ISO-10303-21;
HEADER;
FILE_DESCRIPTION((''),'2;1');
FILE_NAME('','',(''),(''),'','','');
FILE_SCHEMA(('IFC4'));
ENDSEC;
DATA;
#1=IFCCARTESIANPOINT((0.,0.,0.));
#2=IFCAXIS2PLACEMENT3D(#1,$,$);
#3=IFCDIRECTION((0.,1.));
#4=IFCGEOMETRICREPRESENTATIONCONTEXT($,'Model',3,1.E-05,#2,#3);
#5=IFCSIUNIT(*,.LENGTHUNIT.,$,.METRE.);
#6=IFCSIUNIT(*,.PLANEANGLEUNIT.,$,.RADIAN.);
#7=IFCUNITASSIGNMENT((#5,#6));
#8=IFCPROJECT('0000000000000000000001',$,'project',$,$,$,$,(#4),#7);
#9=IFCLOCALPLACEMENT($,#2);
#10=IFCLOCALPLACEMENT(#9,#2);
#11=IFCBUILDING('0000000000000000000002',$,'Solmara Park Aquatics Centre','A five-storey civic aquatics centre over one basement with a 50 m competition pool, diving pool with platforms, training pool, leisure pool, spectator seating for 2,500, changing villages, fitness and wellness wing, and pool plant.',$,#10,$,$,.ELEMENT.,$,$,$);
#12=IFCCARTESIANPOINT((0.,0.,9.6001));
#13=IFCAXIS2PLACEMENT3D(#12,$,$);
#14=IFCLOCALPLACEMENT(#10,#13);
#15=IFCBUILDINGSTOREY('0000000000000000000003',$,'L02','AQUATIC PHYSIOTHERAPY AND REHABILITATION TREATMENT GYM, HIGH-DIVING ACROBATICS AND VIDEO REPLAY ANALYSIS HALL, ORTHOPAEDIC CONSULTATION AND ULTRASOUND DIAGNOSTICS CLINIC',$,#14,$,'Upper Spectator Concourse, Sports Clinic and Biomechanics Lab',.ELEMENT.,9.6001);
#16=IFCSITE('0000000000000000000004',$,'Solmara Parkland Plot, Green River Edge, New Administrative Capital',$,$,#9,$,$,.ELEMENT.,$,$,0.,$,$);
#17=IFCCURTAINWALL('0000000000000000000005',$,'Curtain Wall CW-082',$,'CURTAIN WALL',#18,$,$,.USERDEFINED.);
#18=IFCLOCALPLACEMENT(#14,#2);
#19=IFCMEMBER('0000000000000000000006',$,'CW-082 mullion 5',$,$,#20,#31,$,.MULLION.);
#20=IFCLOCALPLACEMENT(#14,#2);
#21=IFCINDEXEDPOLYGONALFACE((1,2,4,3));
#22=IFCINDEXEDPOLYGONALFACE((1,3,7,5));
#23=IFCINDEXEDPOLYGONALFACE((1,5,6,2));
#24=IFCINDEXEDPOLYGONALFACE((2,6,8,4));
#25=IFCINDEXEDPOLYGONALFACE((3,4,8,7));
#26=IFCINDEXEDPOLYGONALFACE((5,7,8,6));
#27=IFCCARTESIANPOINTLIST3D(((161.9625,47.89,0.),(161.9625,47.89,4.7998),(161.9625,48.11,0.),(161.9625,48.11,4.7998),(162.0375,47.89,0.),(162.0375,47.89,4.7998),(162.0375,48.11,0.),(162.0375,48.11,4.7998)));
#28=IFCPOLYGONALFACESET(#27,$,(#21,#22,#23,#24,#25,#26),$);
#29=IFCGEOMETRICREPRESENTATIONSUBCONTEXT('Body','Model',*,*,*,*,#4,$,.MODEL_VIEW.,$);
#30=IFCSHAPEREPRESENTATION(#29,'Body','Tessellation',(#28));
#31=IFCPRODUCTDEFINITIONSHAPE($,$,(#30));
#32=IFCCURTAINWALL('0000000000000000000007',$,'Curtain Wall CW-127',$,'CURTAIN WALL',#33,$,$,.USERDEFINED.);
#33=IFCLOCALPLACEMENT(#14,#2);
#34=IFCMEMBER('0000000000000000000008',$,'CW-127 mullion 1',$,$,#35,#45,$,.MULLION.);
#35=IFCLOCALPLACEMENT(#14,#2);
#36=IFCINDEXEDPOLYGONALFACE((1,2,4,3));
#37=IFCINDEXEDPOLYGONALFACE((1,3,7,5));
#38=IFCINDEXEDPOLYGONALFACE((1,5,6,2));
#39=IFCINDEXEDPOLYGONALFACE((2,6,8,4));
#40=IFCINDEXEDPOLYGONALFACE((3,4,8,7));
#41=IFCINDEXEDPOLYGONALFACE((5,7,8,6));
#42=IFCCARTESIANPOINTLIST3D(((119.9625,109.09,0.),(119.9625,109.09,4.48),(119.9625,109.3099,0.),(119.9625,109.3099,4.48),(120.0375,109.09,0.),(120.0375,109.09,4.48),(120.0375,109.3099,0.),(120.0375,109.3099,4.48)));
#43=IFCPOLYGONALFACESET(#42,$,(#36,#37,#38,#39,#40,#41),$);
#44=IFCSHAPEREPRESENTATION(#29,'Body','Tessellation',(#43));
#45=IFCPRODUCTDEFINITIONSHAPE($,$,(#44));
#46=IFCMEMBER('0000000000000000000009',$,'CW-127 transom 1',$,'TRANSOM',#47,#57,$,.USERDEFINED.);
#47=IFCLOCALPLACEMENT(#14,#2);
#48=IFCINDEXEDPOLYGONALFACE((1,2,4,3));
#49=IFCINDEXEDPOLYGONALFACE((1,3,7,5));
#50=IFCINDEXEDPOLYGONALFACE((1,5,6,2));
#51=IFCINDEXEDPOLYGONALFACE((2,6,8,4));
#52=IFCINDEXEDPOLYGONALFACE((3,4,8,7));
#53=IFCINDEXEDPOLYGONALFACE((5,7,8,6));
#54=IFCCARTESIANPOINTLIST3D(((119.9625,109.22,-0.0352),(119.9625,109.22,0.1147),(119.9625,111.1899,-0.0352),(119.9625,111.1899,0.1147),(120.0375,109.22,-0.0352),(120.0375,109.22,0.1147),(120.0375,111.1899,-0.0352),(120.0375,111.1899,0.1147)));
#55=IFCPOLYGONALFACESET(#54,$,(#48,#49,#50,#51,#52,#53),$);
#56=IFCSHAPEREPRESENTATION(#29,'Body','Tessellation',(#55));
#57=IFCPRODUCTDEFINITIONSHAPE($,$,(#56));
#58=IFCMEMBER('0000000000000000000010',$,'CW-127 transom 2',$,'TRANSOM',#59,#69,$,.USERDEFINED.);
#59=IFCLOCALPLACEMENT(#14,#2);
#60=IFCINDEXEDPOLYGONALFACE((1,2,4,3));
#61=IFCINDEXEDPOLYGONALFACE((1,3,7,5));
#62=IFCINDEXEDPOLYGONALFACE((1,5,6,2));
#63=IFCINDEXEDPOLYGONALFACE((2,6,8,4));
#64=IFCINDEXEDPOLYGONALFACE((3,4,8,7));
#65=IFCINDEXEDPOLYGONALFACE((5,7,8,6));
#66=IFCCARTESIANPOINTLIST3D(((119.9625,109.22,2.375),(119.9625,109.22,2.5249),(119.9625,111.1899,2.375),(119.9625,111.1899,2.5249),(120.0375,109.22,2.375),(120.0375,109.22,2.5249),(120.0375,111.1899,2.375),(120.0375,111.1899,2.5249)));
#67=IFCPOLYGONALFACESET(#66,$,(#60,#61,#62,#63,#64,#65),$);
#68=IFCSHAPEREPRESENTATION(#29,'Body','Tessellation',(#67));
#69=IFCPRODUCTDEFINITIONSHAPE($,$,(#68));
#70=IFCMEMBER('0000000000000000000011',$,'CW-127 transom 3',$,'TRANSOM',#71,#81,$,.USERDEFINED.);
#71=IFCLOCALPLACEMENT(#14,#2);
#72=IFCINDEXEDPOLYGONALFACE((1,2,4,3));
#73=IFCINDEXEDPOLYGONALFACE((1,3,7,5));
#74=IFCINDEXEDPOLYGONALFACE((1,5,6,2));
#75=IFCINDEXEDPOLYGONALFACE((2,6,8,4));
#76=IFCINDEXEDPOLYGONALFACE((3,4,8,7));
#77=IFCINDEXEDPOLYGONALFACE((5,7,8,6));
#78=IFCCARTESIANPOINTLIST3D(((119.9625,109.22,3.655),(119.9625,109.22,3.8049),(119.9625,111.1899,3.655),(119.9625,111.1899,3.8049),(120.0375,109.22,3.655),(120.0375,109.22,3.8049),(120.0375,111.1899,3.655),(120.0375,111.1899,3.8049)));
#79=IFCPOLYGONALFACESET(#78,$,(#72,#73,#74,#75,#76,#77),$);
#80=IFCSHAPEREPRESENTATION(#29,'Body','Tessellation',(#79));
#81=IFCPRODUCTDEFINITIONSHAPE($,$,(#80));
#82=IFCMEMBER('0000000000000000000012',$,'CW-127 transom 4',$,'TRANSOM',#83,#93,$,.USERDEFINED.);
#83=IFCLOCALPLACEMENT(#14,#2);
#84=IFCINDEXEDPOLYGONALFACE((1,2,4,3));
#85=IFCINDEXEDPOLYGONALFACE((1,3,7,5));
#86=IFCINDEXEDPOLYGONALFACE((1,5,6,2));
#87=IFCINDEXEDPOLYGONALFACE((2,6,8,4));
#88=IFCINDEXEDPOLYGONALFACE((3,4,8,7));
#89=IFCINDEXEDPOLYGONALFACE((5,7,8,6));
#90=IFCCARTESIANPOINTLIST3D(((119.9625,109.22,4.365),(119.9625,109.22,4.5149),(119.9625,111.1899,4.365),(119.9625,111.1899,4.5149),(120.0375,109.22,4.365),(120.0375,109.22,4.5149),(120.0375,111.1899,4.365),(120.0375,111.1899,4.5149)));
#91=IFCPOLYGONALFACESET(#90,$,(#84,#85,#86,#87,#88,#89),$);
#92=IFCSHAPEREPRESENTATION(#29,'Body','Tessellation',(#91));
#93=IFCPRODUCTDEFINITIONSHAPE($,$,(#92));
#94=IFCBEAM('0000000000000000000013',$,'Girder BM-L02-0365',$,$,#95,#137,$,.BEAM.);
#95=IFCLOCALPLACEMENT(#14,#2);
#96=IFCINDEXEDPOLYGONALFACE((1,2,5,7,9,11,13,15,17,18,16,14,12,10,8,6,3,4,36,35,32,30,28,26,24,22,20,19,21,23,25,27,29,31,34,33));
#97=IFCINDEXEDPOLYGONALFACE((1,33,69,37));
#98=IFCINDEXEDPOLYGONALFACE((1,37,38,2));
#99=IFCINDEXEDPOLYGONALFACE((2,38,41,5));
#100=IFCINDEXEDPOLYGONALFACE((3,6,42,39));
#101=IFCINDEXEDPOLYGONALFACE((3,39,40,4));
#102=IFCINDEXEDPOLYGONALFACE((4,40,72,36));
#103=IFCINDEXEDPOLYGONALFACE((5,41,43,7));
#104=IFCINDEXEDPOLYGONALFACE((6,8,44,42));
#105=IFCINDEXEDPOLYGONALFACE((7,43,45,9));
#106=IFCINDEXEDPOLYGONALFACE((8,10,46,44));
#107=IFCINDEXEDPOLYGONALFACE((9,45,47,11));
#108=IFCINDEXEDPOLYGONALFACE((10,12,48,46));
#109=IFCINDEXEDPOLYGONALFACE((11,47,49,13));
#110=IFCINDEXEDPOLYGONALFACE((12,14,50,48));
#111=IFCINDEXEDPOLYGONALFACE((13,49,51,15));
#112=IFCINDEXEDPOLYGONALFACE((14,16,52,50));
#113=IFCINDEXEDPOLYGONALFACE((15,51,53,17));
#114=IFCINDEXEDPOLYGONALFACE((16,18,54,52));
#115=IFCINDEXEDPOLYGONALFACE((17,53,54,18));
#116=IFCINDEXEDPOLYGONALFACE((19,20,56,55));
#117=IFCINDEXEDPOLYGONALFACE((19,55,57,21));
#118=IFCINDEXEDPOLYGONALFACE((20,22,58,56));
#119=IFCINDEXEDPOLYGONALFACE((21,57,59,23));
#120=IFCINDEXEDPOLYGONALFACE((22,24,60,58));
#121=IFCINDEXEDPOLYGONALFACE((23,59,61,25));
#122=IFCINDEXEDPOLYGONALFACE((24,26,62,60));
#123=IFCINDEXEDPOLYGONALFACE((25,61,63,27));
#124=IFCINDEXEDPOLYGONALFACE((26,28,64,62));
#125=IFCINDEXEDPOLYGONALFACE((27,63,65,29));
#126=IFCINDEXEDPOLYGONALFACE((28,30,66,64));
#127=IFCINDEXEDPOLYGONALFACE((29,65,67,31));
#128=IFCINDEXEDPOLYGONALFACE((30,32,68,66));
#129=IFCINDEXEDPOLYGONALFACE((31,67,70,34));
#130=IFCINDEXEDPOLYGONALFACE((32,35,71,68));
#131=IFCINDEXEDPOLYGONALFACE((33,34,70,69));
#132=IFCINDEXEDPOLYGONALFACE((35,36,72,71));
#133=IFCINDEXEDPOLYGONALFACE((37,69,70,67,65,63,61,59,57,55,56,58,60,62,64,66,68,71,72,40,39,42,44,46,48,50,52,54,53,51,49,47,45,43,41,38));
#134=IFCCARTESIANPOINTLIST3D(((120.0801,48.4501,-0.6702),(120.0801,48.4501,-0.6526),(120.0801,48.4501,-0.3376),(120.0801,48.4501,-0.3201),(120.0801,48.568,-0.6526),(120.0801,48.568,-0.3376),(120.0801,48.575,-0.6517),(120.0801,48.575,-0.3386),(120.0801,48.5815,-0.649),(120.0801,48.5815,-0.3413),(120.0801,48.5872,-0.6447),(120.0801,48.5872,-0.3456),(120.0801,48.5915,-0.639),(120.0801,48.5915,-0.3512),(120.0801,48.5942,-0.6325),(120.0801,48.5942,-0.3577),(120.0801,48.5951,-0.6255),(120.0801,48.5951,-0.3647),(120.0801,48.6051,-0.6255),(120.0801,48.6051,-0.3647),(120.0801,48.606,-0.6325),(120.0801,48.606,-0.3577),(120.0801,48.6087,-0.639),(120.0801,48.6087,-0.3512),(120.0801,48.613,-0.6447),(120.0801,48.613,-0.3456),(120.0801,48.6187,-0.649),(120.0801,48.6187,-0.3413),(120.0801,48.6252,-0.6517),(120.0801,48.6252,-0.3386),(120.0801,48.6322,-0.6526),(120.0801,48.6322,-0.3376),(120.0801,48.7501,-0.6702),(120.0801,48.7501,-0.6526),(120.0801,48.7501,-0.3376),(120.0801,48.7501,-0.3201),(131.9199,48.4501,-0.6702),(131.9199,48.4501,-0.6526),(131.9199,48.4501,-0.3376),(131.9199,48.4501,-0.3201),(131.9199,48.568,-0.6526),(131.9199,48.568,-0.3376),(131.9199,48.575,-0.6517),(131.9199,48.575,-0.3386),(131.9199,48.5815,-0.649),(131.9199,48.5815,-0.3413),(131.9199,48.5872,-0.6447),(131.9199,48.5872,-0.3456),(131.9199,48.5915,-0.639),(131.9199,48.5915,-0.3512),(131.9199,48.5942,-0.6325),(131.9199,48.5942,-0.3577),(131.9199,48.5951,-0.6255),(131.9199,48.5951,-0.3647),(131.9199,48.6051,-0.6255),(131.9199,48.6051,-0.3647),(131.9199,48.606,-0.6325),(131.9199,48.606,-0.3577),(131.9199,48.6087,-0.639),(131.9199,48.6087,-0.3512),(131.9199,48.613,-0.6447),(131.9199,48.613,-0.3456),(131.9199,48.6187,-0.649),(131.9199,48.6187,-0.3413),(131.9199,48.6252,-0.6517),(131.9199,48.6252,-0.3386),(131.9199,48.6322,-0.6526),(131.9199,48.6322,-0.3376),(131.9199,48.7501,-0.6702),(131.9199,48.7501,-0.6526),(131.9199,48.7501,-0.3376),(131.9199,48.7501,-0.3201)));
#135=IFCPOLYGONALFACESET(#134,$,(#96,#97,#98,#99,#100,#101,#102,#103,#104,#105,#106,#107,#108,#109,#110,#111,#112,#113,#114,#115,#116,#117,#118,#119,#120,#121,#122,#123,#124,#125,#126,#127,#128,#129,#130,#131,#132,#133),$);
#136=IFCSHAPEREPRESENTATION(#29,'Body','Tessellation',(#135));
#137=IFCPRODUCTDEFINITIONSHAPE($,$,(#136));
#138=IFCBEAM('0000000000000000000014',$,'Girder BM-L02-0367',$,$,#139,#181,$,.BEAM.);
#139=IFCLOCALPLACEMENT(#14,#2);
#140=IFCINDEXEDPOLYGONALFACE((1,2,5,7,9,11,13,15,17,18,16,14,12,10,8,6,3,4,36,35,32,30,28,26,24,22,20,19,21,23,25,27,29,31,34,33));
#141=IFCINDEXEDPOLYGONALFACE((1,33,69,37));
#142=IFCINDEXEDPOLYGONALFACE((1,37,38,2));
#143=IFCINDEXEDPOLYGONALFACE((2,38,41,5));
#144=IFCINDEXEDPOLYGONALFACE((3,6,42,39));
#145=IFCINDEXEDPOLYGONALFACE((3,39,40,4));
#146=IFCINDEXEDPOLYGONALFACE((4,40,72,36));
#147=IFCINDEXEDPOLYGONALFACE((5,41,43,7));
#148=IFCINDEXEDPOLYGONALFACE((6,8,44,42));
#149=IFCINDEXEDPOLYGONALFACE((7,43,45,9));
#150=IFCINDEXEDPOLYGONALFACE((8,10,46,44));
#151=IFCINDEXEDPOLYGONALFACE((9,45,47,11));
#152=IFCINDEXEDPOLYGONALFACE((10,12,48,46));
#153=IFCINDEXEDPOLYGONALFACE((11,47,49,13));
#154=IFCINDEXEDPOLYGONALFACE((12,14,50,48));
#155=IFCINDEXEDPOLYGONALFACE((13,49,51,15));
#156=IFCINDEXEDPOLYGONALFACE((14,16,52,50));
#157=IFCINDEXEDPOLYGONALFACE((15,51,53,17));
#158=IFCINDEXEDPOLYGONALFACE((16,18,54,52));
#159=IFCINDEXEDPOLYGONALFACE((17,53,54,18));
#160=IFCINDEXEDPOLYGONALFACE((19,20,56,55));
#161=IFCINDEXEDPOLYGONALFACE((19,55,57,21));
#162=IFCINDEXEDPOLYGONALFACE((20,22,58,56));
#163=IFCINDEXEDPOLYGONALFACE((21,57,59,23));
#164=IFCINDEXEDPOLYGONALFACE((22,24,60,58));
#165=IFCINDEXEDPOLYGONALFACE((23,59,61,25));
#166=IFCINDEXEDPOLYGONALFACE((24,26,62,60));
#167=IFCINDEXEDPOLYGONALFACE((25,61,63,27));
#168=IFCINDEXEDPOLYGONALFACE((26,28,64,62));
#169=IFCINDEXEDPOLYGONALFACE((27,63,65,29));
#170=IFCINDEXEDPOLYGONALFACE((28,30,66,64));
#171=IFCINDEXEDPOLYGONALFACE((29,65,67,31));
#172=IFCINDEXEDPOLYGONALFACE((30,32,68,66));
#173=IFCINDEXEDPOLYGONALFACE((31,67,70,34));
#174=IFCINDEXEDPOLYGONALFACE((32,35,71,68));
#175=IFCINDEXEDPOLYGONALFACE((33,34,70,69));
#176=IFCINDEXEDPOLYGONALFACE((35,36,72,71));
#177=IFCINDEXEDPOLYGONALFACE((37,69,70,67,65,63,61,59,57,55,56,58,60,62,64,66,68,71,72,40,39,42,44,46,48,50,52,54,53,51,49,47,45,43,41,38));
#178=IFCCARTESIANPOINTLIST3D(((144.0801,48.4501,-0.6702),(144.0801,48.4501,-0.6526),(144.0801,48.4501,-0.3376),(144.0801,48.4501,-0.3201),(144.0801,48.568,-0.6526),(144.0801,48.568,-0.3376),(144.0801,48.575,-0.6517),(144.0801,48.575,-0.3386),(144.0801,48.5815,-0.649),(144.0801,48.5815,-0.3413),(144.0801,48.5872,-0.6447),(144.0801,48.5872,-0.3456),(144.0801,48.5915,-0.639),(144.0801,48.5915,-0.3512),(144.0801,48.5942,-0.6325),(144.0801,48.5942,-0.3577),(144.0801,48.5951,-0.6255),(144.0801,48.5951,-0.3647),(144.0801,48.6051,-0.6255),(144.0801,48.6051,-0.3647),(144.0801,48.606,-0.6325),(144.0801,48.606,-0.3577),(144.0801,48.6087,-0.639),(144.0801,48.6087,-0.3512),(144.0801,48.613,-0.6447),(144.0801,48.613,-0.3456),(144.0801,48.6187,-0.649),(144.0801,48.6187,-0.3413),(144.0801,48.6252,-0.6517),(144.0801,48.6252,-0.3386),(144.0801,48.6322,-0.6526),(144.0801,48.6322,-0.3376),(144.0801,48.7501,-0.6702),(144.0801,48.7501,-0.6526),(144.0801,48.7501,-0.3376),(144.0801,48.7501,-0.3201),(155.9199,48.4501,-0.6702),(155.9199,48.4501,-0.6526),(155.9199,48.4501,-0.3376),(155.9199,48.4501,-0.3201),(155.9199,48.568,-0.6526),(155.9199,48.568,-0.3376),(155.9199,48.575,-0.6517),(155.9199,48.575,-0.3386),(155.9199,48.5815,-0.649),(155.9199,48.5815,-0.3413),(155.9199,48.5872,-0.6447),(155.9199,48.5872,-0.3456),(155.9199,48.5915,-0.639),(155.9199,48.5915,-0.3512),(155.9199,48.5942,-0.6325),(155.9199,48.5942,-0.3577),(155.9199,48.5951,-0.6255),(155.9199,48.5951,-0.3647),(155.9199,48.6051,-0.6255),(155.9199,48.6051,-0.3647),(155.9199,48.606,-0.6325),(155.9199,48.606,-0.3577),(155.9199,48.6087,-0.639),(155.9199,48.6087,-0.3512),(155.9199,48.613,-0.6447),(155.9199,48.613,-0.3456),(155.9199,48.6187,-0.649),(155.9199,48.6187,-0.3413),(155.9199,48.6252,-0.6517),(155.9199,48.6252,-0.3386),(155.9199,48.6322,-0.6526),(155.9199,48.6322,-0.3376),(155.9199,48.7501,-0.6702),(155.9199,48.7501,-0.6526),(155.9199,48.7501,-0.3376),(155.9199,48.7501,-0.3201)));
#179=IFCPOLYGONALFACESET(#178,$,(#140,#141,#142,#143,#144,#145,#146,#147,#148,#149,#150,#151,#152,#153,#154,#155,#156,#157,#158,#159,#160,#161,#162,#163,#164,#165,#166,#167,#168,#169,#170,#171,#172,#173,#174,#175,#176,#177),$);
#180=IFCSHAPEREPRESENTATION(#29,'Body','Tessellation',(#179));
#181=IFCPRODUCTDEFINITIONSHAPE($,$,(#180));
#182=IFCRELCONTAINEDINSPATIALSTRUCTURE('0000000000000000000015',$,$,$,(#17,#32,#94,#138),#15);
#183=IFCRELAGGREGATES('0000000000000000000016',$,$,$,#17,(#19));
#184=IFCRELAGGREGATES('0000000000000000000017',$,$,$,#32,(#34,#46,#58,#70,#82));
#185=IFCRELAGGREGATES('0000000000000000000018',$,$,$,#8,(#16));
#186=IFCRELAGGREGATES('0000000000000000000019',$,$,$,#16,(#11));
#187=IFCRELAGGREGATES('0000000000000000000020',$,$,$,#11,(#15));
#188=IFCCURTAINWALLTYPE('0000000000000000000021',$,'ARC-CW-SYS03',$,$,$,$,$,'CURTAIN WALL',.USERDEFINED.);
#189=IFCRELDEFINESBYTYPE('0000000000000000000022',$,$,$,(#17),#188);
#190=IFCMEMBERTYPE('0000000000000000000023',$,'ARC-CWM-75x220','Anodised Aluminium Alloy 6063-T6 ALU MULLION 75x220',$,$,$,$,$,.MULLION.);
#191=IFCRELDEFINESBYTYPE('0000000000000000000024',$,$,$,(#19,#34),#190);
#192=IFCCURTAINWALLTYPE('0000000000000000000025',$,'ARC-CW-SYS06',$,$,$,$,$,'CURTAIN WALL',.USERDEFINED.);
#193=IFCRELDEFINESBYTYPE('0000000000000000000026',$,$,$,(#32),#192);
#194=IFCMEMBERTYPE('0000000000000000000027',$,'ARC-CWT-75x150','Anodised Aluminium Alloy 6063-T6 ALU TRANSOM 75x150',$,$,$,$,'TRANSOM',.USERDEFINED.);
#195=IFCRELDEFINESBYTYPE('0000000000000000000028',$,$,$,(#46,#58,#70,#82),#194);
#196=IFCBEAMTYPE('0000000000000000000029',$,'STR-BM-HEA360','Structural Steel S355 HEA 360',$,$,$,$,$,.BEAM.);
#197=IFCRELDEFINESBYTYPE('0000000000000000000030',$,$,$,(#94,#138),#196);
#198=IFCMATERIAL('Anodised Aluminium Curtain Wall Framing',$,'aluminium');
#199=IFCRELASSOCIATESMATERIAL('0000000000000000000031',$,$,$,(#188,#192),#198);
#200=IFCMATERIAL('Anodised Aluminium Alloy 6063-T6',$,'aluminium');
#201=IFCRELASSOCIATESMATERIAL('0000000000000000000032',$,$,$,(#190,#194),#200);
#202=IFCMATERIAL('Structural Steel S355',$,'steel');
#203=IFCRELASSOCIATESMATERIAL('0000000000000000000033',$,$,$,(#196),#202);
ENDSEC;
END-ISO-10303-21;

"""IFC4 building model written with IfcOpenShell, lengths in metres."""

from ifc_helpers import new_model, si_unit, direction, frame, origin, origin_2d, place, context, subcontext, project, spatial, rectangle, i_section, extrude, material, material_profile, profile_set, type_object, element, aggregate, save


model = new_model("IFC4")

# Units and contexts
model_context = context("Model", 3, precision=1e-05, world=origin(), true_north=direction((0.0, 1.0)))
body_context = subcontext(model_context, "Body", "Model", "MODEL_VIEW")
ifc_project = project(units=[si_unit("LENGTHUNIT", "METRE"), si_unit("PLANEANGLEUNIT", "RADIAN")], contexts=[model_context])

# Site, building, storey
site_placement = place(None, origin())
site = spatial("IfcSite", under=ifc_project, at=site_placement, Name="Solmara Parkland Plot, Green River Edge, New Administrative Capital", CompositionType="ELEMENT", RefElevation=0.0)
building_placement = place(site_placement, origin())
building = spatial("IfcBuilding", under=site, at=building_placement, Name="Solmara Park Aquatics Centre", Description="A five-storey civic aquatics centre over one basement with a 50 m competition pool, diving pool with platforms, training pool, leisure pool, spectator seating for 2,500, changing villages, fitness and wellness wing, and pool plant.", CompositionType="ELEMENT")
storey_placement = place(building_placement, frame((0.0, 0.0, 9.6001)))
storey = spatial("IfcBuildingStorey", under=building, at=storey_placement, Name="L02", Description="AQUATIC PHYSIOTHERAPY AND REHABILITATION TREATMENT GYM, HIGH-DIVING ACROBATICS AND VIDEO REPLAY ANALYSIS HALL, ORTHOPAEDIC CONSULTATION AND ULTRASOUND DIAGNOSTICS CLINIC", LongName="Upper Spectator Concourse, Sports Clinic and Biomechanics Lab", CompositionType="ELEMENT", Elevation=9.6001)

# Shared definitions
ifc_material_1 = material(Name="Structural Steel S355", Category="steel")

# Curtain wall, member
ifc_material_2 = material(Name="Anodised Aluminium Curtain Wall Framing", Category="aluminium")
curtain_wall_type_1 = type_object("IfcCurtainWallType", Name="ARC-CW-SYS03", ElementType="CURTAIN WALL", PredefinedType="USERDEFINED", material=ifc_material_2)
curtain_wall_1_placement = place(storey_placement, origin())
curtain_wall_1 = element("IfcCurtainWall", 1, at=curtain_wall_1_placement, inside=storey, type_object=curtain_wall_type_1, Name="Curtain Wall CW-082", ObjectType="CURTAIN WALL", PredefinedType="USERDEFINED")
ifc_material_3 = material(Name="Anodised Aluminium Alloy 6063-T6", Category="aluminium")
ifc_material_profile_1 = material_profile(ifc_material_3, rectangle(XDim=0.075, YDim=0.22, at=origin_2d()), Name="ALU MULLION 75x220")
ifc_profile_set_1 = profile_set([ifc_material_profile_1], Name="Anodised Aluminium Alloy 6063-T6")
member_type_1 = type_object("IfcMemberType", Name="ARC-CWM-75x220", Description="Anodised Aluminium Alloy 6063-T6 ALU MULLION 75x220", PredefinedType="MULLION", material=ifc_profile_set_1)
member_1_placement = place(storey_placement, frame((162.0, 48.0, 0.0), z_axis=(0.0, 0.0, 1.0), x_axis=(1.0, 0.0, 0.0)))
member_1 = element("IfcMember", 2, at=member_1_placement, type_object=member_type_1, Name="CW-082 mullion 5", PredefinedType="MULLION", context=body_context, shape_type="SweptSolid", body=[
    extrude(rectangle(XDim=0.075, YDim=0.22, at=origin_2d()), origin(), (0.0, 0.0, 1.0), 4.7998),
])
aggregate(curtain_wall_1, [member_1])

# Curtain wall, members
curtain_wall_type_2 = type_object("IfcCurtainWallType", Name="ARC-CW-SYS06", ElementType="CURTAIN WALL", PredefinedType="USERDEFINED", material=ifc_material_2)
curtain_wall_2_placement = place(storey_placement, origin())
curtain_wall_2 = element("IfcCurtainWall", 3, at=curtain_wall_2_placement, inside=storey, type_object=curtain_wall_type_2, Name="Curtain Wall CW-127", ObjectType="CURTAIN WALL", PredefinedType="USERDEFINED")
member_2_placement = place(storey_placement, frame((120.0, 109.2, 0.0), z_axis=(0.0, 0.0, 1.0), x_axis=(1.0, 0.0, 0.0)))
member_2 = element("IfcMember", 4, at=member_2_placement, type_object=member_type_1, Name="CW-127 mullion 1", PredefinedType="MULLION", context=body_context, shape_type="SweptSolid", body=[
    extrude(rectangle(XDim=0.075, YDim=0.22, at=origin_2d()), origin(), (0.0, 0.0, 1.0), 4.48),
])
ifc_material_profile_2 = material_profile(ifc_material_3, rectangle(XDim=0.075, YDim=0.1499, at=origin_2d()), Name="ALU TRANSOM 75x150")
ifc_profile_set_2 = profile_set([ifc_material_profile_2], Name="Anodised Aluminium Alloy 6063-T6")
member_type_2 = type_object("IfcMemberType", Name="ARC-CWT-75x150", Description="Anodised Aluminium Alloy 6063-T6 ALU TRANSOM 75x150", ElementType="TRANSOM", PredefinedType="USERDEFINED", material=ifc_profile_set_2)
member_3_placement = place(storey_placement, frame((120.0, 109.22, 0.0398), z_axis=(0.0, 1.0, 0.0), x_axis=(-1.0, 0.0, 0.0)))
member_3 = element("IfcMember", 5, at=member_3_placement, type_object=member_type_2, Name="CW-127 transom 1", ObjectType="TRANSOM", PredefinedType="USERDEFINED", context=body_context, shape_type="SweptSolid", body=[
    extrude(rectangle(XDim=0.075, YDim=0.1499, at=origin_2d()), origin(), (0.0, 0.0, 1.0), 1.97),
])
member_4_placement = place(storey_placement, frame((120.0, 109.22, 2.45), z_axis=(0.0, 1.0, 0.0), x_axis=(-1.0, 0.0, 0.0)))
member_4 = element("IfcMember", 6, at=member_4_placement, type_object=member_type_2, Name="CW-127 transom 2", ObjectType="TRANSOM", PredefinedType="USERDEFINED", context=body_context, shape_type="SweptSolid", body=[
    extrude(rectangle(XDim=0.075, YDim=0.1499, at=origin_2d()), origin(), (0.0, 0.0, 1.0), 1.97),
])
member_5_placement = place(storey_placement, frame((120.0, 109.22, 3.73), z_axis=(0.0, 1.0, 0.0), x_axis=(-1.0, 0.0, 0.0)))
member_5 = element("IfcMember", 7, at=member_5_placement, type_object=member_type_2, Name="CW-127 transom 3", ObjectType="TRANSOM", PredefinedType="USERDEFINED", context=body_context, shape_type="SweptSolid", body=[
    extrude(rectangle(XDim=0.075, YDim=0.1499, at=origin_2d()), origin(), (0.0, 0.0, 1.0), 1.97),
])
member_6_placement = place(storey_placement, frame((120.0, 109.22, 4.4399), z_axis=(0.0, 1.0, 0.0), x_axis=(-1.0, 0.0, 0.0)))
member_6 = element("IfcMember", 8, at=member_6_placement, type_object=member_type_2, Name="CW-127 transom 4", ObjectType="TRANSOM", PredefinedType="USERDEFINED", context=body_context, shape_type="SweptSolid", body=[
    extrude(rectangle(XDim=0.075, YDim=0.1499, at=origin_2d()), origin(), (0.0, 0.0, 1.0), 1.97),
])

# Beams
ifc_material_profile_3 = material_profile(ifc_material_1, i_section(OverallWidth=0.3, OverallDepth=0.3501, WebThickness=0.01, FlangeThickness=0.0176, FilletRadius=0.0271, at=origin_2d()), Name="HEA 360")
ifc_profile_set_3 = profile_set([ifc_material_profile_3], Name="Structural Steel S355")
beam_type_1 = type_object("IfcBeamType", Name="STR-BM-HEA360", Description="Structural Steel S355 HEA 360", PredefinedType="BEAM", material=ifc_profile_set_3)
for number, where, z_axis, x_axis, name in (
    (9, (120.0801, 48.6001, -0.4951), (1.0, 0.0, 0.0), (0.0, 1.0, 0.0), "Girder BM-L02-0365"),
    (10, (144.0801, 48.6001, -0.4951), (1.0, 0.0, 0.0), (0.0, 1.0, 0.0), "Girder BM-L02-0367"),
):
    element("IfcBeam", number, at=place(storey_placement, frame(where, z_axis=z_axis, x_axis=x_axis)), inside=storey, type_object=beam_type_1, Name=name, PredefinedType="BEAM", context=body_context, shape_type="SweptSolid", body=[
        extrude(i_section(OverallWidth=0.3, OverallDepth=0.3501, WebThickness=0.01, FlangeThickness=0.0176, FilletRadius=0.0271, at=origin_2d()), origin(), (0.0, 0.0, 1.0), 11.8398),
    ])

aggregate(curtain_wall_2, [member_2, member_3, member_4, member_5, member_6])

save(model, "model.ifc")
